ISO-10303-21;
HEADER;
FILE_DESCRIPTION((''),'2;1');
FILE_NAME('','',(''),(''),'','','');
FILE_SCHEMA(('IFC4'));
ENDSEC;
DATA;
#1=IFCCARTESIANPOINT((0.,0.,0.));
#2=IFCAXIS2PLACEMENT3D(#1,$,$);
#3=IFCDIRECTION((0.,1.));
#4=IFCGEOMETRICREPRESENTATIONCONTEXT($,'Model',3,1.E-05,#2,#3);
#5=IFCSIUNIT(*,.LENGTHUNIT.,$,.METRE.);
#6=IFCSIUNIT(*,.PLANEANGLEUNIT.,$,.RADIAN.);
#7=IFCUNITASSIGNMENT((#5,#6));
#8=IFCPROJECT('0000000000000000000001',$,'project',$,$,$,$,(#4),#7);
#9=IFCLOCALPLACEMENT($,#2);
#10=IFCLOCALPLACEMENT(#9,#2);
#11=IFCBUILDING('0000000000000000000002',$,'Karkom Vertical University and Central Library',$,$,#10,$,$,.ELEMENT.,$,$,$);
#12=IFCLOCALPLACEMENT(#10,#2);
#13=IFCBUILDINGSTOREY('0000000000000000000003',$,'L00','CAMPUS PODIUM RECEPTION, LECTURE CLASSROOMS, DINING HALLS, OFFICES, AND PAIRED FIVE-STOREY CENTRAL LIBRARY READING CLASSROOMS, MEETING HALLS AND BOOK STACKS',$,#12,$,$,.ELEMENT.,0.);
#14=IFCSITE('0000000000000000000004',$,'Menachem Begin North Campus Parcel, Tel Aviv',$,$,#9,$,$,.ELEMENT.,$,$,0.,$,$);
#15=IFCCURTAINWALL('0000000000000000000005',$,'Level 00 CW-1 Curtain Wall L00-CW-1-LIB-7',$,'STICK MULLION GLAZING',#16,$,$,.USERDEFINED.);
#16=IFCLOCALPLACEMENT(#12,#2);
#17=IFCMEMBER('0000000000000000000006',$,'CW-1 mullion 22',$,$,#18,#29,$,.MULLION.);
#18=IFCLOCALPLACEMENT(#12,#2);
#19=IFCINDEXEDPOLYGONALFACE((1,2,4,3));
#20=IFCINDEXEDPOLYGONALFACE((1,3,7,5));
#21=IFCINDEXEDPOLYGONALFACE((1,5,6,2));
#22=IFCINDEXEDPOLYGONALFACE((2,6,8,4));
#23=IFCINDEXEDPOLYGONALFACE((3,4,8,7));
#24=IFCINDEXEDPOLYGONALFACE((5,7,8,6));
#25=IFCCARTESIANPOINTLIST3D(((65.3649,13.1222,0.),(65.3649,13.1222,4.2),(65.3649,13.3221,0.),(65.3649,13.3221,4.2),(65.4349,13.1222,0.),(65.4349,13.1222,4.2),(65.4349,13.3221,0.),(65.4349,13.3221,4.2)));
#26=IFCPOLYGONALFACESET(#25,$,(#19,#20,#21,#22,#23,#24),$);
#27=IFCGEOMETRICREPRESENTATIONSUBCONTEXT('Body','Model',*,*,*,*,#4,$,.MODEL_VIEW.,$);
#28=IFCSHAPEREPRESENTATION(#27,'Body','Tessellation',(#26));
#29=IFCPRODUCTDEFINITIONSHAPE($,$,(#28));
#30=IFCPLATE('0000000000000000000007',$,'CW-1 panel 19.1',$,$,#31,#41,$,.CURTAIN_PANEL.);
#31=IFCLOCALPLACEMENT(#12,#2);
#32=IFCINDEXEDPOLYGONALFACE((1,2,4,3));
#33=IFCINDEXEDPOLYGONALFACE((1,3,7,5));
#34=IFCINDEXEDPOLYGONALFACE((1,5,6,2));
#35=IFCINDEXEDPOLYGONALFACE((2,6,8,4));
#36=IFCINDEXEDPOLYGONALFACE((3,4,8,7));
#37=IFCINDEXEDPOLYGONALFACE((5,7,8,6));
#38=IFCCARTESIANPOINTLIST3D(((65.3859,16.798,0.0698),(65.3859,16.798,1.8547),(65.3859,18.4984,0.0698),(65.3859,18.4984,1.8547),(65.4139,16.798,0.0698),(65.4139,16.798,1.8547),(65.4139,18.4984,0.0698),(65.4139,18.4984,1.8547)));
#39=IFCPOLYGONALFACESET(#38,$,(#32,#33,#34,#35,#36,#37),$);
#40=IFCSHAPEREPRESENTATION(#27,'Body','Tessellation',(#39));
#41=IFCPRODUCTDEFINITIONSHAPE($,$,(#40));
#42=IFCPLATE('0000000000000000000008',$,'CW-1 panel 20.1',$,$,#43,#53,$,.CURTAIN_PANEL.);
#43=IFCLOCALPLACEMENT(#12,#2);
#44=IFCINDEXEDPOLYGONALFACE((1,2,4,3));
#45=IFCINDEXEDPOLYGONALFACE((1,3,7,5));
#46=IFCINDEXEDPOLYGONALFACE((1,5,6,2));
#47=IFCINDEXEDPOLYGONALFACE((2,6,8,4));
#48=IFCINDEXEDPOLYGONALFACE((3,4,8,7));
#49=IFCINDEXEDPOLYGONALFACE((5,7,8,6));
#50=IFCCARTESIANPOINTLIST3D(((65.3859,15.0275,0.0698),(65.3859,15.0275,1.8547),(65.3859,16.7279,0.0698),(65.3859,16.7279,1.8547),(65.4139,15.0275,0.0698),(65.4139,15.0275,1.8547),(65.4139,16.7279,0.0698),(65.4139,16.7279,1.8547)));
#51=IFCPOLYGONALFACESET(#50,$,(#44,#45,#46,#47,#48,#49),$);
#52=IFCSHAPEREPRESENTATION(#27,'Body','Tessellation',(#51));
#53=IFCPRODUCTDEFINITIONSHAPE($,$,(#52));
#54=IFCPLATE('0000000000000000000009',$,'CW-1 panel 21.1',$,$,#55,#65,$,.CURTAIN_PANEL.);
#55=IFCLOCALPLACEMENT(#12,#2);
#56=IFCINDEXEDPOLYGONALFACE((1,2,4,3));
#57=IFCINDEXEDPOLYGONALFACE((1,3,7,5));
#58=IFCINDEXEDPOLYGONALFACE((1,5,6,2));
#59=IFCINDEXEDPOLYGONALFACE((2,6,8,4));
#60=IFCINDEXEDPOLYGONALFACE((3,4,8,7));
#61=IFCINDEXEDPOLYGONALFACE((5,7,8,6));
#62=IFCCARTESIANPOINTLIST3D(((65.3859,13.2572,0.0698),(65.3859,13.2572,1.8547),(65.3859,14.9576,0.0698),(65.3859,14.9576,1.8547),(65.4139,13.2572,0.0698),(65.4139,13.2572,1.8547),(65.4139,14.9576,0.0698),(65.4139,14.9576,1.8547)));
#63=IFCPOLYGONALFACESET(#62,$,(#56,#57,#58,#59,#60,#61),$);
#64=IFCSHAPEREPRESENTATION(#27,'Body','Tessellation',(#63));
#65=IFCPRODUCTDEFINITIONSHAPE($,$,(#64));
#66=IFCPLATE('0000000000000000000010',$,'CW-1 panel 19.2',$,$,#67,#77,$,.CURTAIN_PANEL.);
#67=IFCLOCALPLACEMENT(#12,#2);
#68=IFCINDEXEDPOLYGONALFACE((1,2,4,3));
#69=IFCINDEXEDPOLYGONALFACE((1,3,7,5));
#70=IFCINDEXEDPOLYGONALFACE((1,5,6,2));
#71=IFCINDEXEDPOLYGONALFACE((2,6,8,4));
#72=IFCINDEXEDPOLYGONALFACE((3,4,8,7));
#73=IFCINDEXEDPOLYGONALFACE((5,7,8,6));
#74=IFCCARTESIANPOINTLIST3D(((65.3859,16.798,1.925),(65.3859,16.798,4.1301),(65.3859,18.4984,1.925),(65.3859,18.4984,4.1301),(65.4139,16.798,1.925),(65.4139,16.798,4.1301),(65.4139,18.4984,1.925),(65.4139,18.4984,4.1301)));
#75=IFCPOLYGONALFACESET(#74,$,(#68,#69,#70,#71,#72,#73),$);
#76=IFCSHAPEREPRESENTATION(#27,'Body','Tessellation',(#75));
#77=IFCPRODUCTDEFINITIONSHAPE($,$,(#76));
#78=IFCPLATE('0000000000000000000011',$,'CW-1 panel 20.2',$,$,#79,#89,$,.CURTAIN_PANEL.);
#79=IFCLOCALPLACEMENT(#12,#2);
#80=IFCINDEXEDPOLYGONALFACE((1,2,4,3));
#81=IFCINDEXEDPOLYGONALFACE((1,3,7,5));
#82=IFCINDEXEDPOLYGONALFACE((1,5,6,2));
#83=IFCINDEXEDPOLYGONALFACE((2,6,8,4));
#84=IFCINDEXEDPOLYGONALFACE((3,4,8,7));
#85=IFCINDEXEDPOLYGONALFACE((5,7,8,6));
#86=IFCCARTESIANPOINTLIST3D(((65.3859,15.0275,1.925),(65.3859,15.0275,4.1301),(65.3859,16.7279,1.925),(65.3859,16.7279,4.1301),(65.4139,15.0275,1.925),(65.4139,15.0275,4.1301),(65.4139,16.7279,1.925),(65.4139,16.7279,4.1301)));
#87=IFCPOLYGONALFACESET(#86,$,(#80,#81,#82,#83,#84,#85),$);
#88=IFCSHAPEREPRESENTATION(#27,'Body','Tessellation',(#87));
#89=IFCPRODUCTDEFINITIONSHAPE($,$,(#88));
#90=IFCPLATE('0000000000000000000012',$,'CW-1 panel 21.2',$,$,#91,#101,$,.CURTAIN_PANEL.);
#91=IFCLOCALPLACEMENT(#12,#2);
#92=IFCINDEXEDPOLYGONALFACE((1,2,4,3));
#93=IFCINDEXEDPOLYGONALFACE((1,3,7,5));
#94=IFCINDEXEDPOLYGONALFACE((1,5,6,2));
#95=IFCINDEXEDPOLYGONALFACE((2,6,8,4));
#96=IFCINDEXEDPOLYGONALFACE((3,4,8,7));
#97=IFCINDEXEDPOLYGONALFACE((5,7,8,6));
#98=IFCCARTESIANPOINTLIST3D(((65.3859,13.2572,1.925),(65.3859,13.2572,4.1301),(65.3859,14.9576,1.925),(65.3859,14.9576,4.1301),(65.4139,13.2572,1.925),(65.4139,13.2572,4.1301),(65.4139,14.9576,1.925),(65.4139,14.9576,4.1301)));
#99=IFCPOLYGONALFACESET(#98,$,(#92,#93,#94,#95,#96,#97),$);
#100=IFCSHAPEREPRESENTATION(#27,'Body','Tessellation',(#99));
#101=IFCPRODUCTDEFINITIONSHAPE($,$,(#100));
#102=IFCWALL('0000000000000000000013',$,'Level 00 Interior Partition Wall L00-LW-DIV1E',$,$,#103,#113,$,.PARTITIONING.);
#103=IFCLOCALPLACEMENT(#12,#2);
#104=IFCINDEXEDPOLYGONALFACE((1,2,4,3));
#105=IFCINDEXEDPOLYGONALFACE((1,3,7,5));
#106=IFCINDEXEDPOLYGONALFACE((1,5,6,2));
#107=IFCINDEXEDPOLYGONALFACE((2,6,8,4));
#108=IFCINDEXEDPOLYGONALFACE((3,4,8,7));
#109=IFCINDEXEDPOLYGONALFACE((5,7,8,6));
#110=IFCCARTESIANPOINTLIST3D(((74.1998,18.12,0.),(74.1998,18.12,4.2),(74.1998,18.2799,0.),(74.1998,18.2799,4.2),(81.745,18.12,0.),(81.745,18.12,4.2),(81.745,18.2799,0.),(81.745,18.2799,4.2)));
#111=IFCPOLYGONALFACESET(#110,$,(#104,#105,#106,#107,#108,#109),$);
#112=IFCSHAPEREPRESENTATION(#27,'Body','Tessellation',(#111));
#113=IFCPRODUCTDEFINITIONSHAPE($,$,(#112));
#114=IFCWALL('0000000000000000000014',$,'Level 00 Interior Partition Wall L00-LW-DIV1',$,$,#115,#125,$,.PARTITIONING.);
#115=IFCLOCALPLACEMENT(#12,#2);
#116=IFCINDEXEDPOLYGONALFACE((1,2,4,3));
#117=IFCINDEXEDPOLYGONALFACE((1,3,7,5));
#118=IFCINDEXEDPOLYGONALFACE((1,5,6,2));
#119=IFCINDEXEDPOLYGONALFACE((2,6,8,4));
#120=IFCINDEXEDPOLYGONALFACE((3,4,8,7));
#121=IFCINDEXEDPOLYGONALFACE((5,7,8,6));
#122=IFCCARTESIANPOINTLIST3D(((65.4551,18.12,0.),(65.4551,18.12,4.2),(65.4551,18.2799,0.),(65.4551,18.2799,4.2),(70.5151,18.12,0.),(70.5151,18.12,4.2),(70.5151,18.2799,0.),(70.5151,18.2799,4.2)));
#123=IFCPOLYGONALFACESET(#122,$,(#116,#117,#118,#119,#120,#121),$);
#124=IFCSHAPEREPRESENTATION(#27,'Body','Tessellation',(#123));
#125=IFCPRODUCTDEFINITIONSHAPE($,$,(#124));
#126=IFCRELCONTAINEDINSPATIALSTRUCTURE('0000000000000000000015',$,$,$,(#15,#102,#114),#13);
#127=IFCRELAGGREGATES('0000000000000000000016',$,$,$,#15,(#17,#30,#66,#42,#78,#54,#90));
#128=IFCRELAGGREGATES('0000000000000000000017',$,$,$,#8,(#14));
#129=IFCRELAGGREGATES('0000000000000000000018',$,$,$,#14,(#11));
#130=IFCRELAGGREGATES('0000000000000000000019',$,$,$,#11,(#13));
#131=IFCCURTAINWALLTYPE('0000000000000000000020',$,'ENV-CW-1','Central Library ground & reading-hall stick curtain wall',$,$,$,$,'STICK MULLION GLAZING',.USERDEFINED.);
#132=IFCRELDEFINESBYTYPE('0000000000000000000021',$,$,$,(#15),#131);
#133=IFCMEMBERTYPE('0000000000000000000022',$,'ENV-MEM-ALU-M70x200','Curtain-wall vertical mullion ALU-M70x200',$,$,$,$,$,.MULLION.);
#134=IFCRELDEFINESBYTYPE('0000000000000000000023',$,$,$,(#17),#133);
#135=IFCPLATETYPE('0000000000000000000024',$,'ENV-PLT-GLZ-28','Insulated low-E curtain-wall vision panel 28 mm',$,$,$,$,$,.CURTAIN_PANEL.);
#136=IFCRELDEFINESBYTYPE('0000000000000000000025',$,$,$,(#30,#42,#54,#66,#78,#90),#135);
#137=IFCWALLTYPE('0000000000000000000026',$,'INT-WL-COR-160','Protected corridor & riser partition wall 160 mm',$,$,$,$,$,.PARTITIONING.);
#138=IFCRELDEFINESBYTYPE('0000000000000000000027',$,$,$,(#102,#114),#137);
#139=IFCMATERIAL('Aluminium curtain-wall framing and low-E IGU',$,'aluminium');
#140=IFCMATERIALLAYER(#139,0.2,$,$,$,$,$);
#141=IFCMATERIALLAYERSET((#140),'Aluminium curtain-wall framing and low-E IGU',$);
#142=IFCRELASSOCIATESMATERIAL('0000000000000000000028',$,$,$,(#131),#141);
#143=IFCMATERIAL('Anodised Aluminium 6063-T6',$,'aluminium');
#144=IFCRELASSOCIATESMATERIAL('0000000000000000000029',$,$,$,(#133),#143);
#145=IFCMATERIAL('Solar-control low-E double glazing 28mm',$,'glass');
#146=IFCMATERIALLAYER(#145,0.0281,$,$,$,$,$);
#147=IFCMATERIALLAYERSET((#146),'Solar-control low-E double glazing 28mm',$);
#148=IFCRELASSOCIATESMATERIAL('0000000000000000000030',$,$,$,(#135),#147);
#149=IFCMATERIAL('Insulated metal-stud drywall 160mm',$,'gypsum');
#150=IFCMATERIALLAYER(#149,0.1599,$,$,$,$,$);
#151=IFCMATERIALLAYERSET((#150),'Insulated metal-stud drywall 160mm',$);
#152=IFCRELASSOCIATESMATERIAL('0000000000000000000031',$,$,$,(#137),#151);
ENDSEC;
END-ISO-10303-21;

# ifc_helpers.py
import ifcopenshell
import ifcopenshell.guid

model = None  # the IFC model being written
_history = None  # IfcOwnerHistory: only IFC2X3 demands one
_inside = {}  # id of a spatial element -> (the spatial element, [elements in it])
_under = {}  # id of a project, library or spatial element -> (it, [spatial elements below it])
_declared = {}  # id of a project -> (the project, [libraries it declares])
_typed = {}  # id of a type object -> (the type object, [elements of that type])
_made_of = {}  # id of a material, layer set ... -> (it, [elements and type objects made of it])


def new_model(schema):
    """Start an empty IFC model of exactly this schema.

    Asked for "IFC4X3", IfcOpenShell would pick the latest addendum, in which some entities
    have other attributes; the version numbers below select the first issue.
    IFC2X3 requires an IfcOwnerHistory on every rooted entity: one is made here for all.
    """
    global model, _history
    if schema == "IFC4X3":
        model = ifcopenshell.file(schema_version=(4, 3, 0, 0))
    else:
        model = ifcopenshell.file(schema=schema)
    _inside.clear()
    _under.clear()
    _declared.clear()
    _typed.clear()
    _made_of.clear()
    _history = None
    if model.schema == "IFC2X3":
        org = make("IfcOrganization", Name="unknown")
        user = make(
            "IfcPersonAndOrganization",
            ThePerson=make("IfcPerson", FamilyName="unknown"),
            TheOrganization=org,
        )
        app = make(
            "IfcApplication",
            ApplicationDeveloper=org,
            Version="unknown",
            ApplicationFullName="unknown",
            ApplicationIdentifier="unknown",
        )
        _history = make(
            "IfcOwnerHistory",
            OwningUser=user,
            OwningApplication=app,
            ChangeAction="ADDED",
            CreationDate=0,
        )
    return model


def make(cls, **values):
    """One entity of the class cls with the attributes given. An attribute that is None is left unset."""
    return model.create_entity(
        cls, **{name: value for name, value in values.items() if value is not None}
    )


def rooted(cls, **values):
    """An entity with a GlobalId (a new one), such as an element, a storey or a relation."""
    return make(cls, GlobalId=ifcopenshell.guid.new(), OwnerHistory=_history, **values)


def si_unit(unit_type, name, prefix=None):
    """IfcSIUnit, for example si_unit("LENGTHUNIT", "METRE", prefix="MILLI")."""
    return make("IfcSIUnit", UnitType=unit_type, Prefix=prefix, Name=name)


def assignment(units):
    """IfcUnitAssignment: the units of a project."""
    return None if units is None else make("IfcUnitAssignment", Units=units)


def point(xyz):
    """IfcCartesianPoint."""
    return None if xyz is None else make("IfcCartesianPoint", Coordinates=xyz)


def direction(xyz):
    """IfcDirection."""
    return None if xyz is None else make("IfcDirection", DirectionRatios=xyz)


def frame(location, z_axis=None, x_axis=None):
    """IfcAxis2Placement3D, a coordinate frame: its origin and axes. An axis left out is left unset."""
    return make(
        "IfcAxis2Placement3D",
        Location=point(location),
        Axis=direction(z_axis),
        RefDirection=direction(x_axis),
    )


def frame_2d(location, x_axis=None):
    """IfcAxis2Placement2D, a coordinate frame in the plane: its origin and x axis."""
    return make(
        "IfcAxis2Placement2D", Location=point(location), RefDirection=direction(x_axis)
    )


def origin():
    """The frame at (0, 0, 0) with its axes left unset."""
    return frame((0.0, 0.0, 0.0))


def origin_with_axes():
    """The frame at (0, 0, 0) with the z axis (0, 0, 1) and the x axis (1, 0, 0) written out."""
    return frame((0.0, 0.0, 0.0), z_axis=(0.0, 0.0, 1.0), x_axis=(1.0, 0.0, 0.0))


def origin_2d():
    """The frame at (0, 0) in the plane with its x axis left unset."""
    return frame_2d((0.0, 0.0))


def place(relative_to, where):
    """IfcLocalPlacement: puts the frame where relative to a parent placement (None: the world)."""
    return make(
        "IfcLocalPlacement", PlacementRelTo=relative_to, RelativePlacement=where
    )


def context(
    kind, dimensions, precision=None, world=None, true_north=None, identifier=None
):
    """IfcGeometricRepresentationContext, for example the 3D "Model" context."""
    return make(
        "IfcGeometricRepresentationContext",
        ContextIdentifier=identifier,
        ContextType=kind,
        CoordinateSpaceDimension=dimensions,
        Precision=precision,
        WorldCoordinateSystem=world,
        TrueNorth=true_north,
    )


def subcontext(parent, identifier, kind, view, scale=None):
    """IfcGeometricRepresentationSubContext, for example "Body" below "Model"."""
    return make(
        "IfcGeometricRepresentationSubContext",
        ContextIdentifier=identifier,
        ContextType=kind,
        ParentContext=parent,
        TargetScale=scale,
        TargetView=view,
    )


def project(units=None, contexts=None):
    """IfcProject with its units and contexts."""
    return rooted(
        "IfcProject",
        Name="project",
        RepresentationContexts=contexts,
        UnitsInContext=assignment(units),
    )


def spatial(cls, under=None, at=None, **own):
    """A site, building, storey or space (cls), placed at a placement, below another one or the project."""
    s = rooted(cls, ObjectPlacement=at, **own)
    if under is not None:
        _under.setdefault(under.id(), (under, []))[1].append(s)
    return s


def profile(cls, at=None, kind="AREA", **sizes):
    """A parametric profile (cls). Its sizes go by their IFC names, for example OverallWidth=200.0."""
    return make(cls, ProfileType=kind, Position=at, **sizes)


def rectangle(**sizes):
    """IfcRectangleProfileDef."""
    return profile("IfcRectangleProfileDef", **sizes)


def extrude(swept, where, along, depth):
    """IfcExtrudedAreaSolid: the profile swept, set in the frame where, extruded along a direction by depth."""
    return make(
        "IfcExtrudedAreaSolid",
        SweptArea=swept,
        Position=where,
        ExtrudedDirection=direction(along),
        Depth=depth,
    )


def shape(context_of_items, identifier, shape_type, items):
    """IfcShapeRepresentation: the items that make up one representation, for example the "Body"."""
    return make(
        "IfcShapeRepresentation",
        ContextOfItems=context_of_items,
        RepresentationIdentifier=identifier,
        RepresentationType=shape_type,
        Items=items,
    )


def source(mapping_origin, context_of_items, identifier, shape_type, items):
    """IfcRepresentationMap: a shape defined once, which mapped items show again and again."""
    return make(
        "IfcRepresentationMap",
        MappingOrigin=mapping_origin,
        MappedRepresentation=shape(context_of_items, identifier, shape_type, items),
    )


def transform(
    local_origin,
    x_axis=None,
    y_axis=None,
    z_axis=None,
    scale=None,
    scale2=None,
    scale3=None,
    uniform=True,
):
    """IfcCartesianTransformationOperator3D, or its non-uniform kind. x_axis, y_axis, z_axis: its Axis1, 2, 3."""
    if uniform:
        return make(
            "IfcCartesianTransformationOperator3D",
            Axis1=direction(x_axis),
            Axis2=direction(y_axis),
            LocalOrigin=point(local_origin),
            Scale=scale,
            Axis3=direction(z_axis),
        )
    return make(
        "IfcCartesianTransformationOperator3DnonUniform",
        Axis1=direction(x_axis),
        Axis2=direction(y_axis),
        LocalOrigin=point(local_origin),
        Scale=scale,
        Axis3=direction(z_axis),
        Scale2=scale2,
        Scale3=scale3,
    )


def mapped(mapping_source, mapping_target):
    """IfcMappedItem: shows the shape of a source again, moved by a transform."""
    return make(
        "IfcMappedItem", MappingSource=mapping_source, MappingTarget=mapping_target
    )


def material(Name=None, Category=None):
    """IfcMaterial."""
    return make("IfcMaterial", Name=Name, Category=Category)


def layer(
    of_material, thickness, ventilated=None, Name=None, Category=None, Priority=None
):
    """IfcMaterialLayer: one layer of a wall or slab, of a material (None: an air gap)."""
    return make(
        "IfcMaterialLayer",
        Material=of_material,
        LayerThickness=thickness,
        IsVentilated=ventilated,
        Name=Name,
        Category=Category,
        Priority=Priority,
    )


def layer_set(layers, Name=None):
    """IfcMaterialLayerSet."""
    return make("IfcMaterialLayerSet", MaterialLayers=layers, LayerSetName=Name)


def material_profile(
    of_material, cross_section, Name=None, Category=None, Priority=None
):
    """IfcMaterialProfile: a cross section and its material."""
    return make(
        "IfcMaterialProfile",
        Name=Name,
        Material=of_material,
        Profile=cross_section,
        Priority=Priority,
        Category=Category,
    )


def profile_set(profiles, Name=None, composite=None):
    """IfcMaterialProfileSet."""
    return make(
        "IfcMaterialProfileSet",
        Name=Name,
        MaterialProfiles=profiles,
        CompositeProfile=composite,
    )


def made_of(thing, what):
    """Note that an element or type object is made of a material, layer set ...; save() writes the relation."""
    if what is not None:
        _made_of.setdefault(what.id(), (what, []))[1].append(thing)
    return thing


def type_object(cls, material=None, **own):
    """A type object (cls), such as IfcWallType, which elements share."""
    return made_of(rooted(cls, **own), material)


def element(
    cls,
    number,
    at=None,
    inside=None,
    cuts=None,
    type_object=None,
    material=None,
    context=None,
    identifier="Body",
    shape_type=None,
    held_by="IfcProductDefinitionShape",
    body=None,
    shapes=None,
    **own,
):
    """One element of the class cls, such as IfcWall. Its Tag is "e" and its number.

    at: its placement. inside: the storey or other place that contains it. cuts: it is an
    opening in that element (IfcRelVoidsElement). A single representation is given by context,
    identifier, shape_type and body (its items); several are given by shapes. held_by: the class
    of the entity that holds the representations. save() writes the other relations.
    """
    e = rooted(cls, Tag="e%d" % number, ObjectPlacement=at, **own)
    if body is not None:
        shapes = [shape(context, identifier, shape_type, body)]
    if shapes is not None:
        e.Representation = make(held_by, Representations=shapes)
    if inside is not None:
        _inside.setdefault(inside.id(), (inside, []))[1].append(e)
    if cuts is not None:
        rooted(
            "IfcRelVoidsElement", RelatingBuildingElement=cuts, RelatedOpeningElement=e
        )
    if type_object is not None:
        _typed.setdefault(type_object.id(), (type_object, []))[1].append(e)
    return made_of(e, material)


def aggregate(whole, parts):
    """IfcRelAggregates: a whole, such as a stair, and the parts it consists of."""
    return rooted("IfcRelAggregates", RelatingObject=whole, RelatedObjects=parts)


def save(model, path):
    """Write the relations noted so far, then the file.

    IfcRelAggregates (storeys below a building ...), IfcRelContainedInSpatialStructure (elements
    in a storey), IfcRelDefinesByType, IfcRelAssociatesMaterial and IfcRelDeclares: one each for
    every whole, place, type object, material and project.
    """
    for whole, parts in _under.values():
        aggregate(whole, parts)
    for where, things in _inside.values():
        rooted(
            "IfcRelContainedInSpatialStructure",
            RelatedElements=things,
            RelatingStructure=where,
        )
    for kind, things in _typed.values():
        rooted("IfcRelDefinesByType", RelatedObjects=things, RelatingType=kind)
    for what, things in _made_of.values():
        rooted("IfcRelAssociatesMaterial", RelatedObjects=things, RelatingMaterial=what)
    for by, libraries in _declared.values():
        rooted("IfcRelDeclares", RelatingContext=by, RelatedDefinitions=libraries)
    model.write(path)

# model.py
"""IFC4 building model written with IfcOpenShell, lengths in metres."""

from ifc_helpers import new_model, si_unit, direction, frame, frame_2d, origin, origin_with_axes, origin_2d, place, context, subcontext, project, spatial, rectangle, extrude, source, transform, mapped, material, layer, layer_set, material_profile, profile_set, type_object, element, aggregate, save


model = new_model("IFC4")

# Units and contexts
model_context = context("Model", 3, precision=1e-05, world=origin(), true_north=direction((0.0, 1.0)))
body_context = subcontext(model_context, "Body", "Model", "MODEL_VIEW")
ifc_project = project(units=[si_unit("LENGTHUNIT", "METRE"), si_unit("PLANEANGLEUNIT", "RADIAN")], contexts=[model_context])

# Site, building, storey
site_placement = place(None, origin())
site = spatial("IfcSite", under=ifc_project, at=site_placement, Name="Menachem Begin North Campus Parcel, Tel Aviv", CompositionType="ELEMENT", RefElevation=0.0)
building_placement = place(site_placement, origin())
building = spatial("IfcBuilding", under=site, at=building_placement, Name="Karkom Vertical University and Central Library", CompositionType="ELEMENT")
storey_placement = place(building_placement, origin())
storey = spatial("IfcBuildingStorey", under=building, at=storey_placement, Name="L00", Description="CAMPUS PODIUM RECEPTION, LECTURE CLASSROOMS, DINING HALLS, OFFICES, AND PAIRED FIVE-STOREY CENTRAL LIBRARY READING CLASSROOMS, MEETING HALLS AND BOOK STACKS", CompositionType="ELEMENT", Elevation=0.0)

# Curtain wall, member, plates
ifc_material_1 = material(Name="Aluminium curtain-wall framing and low-E IGU", Category="aluminium")
ifc_layer_1 = layer(ifc_material_1, 0.2)
ifc_layer_set_1 = layer_set([ifc_layer_1], Name="Aluminium curtain-wall framing and low-E IGU")
curtain_wall_type = type_object("IfcCurtainWallType", Name="ENV-CW-1", Description="Central Library ground & reading-hall stick curtain wall", ElementType="STICK MULLION GLAZING", PredefinedType="USERDEFINED", material=ifc_layer_set_1)
curtain_wall_placement = place(storey_placement, origin())
curtain_wall = element("IfcCurtainWall", 1, at=curtain_wall_placement, inside=storey, type_object=curtain_wall_type, Name="Level 00 CW-1 Curtain Wall L00-CW-1-LIB-7", ObjectType="STICK MULLION GLAZING", PredefinedType="USERDEFINED")
ifc_material_2 = material(Name="Anodised Aluminium 6063-T6", Category="aluminium")
ifc_material_profile_1 = material_profile(ifc_material_2, rectangle(XDim=0.0701, YDim=0.2, at=origin_2d()), Name="ALU-M70x200")
ifc_profile_set_1 = profile_set([ifc_material_profile_1], Name="Anodised Aluminium 6063-T6")
member_type_1 = type_object("IfcMemberType", Name="ENV-MEM-ALU-M70x200", Description="Curtain-wall vertical mullion ALU-M70x200", PredefinedType="MULLION", material=ifc_profile_set_1)
shared_shape_1 = source(origin_with_axes(), body_context, "Body", "SweptSolid", [
    extrude(rectangle(XDim=0.0701, YDim=0.2, at=origin_2d()), origin(), (0.0, 0.0, 1.0), 4.2),
])
member_1_placement = place(storey_placement, frame((65.3999, 13.2222, 0.0), z_axis=(0.0, 0.0, 1.0), x_axis=(1.0, 0.0, 0.0)))
member_1 = element("IfcMember", 2, at=member_1_placement, type_object=member_type_1, Name="CW-1 mullion 22", PredefinedType="MULLION", context=body_context, shape_type="MappedRepresentation", body=[
    mapped(shared_shape_1, transform((0.0, 0.0, 0.0), scale=1.0)),
])
ifc_material_3 = material(Name="Solar-control low-E double glazing 28mm", Category="glass")
ifc_layer_2 = layer(ifc_material_3, 0.0281)
ifc_layer_set_2 = layer_set([ifc_layer_2], Name="Solar-control low-E double glazing 28mm")
plate_type = type_object("IfcPlateType", Name="ENV-PLT-GLZ-28", Description="Insulated low-E curtain-wall vision panel 28 mm", PredefinedType="CURTAIN_PANEL", material=ifc_layer_set_2)
shared_shape_2 = source(origin_with_axes(), body_context, "Body", "SweptSolid", [
    extrude(rectangle(XDim=1.7004, YDim=0.0281, at=origin_2d()), origin(), (0.0, 0.0, 1.0), 1.7849),
])
plate_1_placement = place(storey_placement, frame((65.3999, 17.6482, 0.0698), z_axis=(0.0, 0.0, 1.0), x_axis=(0.0, -1.0, 0.0)))
plate_1 = element("IfcPlate", 3, at=plate_1_placement, type_object=plate_type, Name="CW-1 panel 19.1", PredefinedType="CURTAIN_PANEL", context=body_context, shape_type="MappedRepresentation", body=[
    mapped(shared_shape_2, transform((0.0, 0.0, 0.0), scale=1.0)),
])
plate_2_placement = place(storey_placement, frame((65.3999, 15.8777, 0.0698), z_axis=(0.0, 0.0, 1.0), x_axis=(0.0, -1.0, 0.0)))
plate_2 = element("IfcPlate", 4, at=plate_2_placement, type_object=plate_type, Name="CW-1 panel 20.1", PredefinedType="CURTAIN_PANEL", context=body_context, shape_type="MappedRepresentation", body=[
    mapped(shared_shape_2, transform((0.0, 0.0, 0.0), scale=1.0)),
])
plate_3_placement = place(storey_placement, frame((65.3999, 14.1074, 0.0698), z_axis=(0.0, 0.0, 1.0), x_axis=(0.0, -1.0, 0.0)))
plate_3 = element("IfcPlate", 5, at=plate_3_placement, type_object=plate_type, Name="CW-1 panel 21.1", PredefinedType="CURTAIN_PANEL", context=body_context, shape_type="MappedRepresentation", body=[
    mapped(shared_shape_2, transform((0.0, 0.0, 0.0), scale=1.0)),
])
shared_shape_3 = source(origin_with_axes(), body_context, "Body", "SweptSolid", [
    extrude(rectangle(XDim=1.7004, YDim=0.0281, at=origin_2d()), origin(), (0.0, 0.0, 1.0), 2.2051),
])
plate_4_placement = place(storey_placement, frame((65.3999, 17.6482, 1.925), z_axis=(0.0, 0.0, 1.0), x_axis=(0.0, -1.0, 0.0)))
plate_4 = element("IfcPlate", 6, at=plate_4_placement, type_object=plate_type, Name="CW-1 panel 19.2", PredefinedType="CURTAIN_PANEL", context=body_context, shape_type="MappedRepresentation", body=[
    mapped(shared_shape_3, transform((0.0, 0.0, 0.0), scale=1.0)),
])
plate_5_placement = place(storey_placement, frame((65.3999, 15.8777, 1.925), z_axis=(0.0, 0.0, 1.0), x_axis=(0.0, -1.0, 0.0)))
plate_5 = element("IfcPlate", 7, at=plate_5_placement, type_object=plate_type, Name="CW-1 panel 20.2", PredefinedType="CURTAIN_PANEL", context=body_context, shape_type="MappedRepresentation", body=[
    mapped(shared_shape_3, transform((0.0, 0.0, 0.0), scale=1.0)),
])
plate_6_placement = place(storey_placement, frame((65.3999, 14.1074, 1.925), z_axis=(0.0, 0.0, 1.0), x_axis=(0.0, -1.0, 0.0)))
plate_6 = element("IfcPlate", 8, at=plate_6_placement, type_object=plate_type, Name="CW-1 panel 21.2", PredefinedType="CURTAIN_PANEL", context=body_context, shape_type="MappedRepresentation", body=[
    mapped(shared_shape_3, transform((0.0, 0.0, 0.0), scale=1.0)),
])
aggregate(curtain_wall, [member_1, plate_1, plate_4, plate_2, plate_5, plate_3, plate_6])

# Walls
ifc_material_4 = material(Name="Insulated metal-stud drywall 160mm", Category="gypsum")
ifc_layer_3 = layer(ifc_material_4, 0.1599)
ifc_layer_set_3 = layer_set([ifc_layer_3], Name="Insulated metal-stud drywall 160mm")
wall_type = type_object("IfcWallType", Name="INT-WL-COR-160", Description="Protected corridor & riser partition wall 160 mm", PredefinedType="PARTITIONING", material=ifc_layer_set_3)
wall_1_placement = place(storey_placement, frame((74.2, 18.2, 0.0), z_axis=(0.0, 0.0, 1.0), x_axis=(1.0, 0.0, 0.0)))
element("IfcWall", 9, at=wall_1_placement, inside=storey, type_object=wall_type, Name="Level 00 Interior Partition Wall L00-LW-DIV1E", PredefinedType="PARTITIONING", context=body_context, shape_type="SweptSolid", body=[
    extrude(rectangle(XDim=7.5452, YDim=0.1599, at=frame_2d((3.7725, 0.0))), origin(), (0.0, 0.0, 1.0), 4.2),
])
wall_2_placement = place(storey_placement, frame((65.4551, 18.2, 0.0), z_axis=(0.0, 0.0, 1.0), x_axis=(1.0, 0.0, 0.0)))
element("IfcWall", 10, at=wall_2_placement, inside=storey, type_object=wall_type, Name="Level 00 Interior Partition Wall L00-LW-DIV1", PredefinedType="PARTITIONING", context=body_context, shape_type="SweptSolid", body=[
    extrude(rectangle(XDim=5.0601, YDim=0.1599, at=frame_2d((2.53, 0.0))), origin(), (0.0, 0.0, 1.0), 4.2),
])

save(model, "model.ifc")
